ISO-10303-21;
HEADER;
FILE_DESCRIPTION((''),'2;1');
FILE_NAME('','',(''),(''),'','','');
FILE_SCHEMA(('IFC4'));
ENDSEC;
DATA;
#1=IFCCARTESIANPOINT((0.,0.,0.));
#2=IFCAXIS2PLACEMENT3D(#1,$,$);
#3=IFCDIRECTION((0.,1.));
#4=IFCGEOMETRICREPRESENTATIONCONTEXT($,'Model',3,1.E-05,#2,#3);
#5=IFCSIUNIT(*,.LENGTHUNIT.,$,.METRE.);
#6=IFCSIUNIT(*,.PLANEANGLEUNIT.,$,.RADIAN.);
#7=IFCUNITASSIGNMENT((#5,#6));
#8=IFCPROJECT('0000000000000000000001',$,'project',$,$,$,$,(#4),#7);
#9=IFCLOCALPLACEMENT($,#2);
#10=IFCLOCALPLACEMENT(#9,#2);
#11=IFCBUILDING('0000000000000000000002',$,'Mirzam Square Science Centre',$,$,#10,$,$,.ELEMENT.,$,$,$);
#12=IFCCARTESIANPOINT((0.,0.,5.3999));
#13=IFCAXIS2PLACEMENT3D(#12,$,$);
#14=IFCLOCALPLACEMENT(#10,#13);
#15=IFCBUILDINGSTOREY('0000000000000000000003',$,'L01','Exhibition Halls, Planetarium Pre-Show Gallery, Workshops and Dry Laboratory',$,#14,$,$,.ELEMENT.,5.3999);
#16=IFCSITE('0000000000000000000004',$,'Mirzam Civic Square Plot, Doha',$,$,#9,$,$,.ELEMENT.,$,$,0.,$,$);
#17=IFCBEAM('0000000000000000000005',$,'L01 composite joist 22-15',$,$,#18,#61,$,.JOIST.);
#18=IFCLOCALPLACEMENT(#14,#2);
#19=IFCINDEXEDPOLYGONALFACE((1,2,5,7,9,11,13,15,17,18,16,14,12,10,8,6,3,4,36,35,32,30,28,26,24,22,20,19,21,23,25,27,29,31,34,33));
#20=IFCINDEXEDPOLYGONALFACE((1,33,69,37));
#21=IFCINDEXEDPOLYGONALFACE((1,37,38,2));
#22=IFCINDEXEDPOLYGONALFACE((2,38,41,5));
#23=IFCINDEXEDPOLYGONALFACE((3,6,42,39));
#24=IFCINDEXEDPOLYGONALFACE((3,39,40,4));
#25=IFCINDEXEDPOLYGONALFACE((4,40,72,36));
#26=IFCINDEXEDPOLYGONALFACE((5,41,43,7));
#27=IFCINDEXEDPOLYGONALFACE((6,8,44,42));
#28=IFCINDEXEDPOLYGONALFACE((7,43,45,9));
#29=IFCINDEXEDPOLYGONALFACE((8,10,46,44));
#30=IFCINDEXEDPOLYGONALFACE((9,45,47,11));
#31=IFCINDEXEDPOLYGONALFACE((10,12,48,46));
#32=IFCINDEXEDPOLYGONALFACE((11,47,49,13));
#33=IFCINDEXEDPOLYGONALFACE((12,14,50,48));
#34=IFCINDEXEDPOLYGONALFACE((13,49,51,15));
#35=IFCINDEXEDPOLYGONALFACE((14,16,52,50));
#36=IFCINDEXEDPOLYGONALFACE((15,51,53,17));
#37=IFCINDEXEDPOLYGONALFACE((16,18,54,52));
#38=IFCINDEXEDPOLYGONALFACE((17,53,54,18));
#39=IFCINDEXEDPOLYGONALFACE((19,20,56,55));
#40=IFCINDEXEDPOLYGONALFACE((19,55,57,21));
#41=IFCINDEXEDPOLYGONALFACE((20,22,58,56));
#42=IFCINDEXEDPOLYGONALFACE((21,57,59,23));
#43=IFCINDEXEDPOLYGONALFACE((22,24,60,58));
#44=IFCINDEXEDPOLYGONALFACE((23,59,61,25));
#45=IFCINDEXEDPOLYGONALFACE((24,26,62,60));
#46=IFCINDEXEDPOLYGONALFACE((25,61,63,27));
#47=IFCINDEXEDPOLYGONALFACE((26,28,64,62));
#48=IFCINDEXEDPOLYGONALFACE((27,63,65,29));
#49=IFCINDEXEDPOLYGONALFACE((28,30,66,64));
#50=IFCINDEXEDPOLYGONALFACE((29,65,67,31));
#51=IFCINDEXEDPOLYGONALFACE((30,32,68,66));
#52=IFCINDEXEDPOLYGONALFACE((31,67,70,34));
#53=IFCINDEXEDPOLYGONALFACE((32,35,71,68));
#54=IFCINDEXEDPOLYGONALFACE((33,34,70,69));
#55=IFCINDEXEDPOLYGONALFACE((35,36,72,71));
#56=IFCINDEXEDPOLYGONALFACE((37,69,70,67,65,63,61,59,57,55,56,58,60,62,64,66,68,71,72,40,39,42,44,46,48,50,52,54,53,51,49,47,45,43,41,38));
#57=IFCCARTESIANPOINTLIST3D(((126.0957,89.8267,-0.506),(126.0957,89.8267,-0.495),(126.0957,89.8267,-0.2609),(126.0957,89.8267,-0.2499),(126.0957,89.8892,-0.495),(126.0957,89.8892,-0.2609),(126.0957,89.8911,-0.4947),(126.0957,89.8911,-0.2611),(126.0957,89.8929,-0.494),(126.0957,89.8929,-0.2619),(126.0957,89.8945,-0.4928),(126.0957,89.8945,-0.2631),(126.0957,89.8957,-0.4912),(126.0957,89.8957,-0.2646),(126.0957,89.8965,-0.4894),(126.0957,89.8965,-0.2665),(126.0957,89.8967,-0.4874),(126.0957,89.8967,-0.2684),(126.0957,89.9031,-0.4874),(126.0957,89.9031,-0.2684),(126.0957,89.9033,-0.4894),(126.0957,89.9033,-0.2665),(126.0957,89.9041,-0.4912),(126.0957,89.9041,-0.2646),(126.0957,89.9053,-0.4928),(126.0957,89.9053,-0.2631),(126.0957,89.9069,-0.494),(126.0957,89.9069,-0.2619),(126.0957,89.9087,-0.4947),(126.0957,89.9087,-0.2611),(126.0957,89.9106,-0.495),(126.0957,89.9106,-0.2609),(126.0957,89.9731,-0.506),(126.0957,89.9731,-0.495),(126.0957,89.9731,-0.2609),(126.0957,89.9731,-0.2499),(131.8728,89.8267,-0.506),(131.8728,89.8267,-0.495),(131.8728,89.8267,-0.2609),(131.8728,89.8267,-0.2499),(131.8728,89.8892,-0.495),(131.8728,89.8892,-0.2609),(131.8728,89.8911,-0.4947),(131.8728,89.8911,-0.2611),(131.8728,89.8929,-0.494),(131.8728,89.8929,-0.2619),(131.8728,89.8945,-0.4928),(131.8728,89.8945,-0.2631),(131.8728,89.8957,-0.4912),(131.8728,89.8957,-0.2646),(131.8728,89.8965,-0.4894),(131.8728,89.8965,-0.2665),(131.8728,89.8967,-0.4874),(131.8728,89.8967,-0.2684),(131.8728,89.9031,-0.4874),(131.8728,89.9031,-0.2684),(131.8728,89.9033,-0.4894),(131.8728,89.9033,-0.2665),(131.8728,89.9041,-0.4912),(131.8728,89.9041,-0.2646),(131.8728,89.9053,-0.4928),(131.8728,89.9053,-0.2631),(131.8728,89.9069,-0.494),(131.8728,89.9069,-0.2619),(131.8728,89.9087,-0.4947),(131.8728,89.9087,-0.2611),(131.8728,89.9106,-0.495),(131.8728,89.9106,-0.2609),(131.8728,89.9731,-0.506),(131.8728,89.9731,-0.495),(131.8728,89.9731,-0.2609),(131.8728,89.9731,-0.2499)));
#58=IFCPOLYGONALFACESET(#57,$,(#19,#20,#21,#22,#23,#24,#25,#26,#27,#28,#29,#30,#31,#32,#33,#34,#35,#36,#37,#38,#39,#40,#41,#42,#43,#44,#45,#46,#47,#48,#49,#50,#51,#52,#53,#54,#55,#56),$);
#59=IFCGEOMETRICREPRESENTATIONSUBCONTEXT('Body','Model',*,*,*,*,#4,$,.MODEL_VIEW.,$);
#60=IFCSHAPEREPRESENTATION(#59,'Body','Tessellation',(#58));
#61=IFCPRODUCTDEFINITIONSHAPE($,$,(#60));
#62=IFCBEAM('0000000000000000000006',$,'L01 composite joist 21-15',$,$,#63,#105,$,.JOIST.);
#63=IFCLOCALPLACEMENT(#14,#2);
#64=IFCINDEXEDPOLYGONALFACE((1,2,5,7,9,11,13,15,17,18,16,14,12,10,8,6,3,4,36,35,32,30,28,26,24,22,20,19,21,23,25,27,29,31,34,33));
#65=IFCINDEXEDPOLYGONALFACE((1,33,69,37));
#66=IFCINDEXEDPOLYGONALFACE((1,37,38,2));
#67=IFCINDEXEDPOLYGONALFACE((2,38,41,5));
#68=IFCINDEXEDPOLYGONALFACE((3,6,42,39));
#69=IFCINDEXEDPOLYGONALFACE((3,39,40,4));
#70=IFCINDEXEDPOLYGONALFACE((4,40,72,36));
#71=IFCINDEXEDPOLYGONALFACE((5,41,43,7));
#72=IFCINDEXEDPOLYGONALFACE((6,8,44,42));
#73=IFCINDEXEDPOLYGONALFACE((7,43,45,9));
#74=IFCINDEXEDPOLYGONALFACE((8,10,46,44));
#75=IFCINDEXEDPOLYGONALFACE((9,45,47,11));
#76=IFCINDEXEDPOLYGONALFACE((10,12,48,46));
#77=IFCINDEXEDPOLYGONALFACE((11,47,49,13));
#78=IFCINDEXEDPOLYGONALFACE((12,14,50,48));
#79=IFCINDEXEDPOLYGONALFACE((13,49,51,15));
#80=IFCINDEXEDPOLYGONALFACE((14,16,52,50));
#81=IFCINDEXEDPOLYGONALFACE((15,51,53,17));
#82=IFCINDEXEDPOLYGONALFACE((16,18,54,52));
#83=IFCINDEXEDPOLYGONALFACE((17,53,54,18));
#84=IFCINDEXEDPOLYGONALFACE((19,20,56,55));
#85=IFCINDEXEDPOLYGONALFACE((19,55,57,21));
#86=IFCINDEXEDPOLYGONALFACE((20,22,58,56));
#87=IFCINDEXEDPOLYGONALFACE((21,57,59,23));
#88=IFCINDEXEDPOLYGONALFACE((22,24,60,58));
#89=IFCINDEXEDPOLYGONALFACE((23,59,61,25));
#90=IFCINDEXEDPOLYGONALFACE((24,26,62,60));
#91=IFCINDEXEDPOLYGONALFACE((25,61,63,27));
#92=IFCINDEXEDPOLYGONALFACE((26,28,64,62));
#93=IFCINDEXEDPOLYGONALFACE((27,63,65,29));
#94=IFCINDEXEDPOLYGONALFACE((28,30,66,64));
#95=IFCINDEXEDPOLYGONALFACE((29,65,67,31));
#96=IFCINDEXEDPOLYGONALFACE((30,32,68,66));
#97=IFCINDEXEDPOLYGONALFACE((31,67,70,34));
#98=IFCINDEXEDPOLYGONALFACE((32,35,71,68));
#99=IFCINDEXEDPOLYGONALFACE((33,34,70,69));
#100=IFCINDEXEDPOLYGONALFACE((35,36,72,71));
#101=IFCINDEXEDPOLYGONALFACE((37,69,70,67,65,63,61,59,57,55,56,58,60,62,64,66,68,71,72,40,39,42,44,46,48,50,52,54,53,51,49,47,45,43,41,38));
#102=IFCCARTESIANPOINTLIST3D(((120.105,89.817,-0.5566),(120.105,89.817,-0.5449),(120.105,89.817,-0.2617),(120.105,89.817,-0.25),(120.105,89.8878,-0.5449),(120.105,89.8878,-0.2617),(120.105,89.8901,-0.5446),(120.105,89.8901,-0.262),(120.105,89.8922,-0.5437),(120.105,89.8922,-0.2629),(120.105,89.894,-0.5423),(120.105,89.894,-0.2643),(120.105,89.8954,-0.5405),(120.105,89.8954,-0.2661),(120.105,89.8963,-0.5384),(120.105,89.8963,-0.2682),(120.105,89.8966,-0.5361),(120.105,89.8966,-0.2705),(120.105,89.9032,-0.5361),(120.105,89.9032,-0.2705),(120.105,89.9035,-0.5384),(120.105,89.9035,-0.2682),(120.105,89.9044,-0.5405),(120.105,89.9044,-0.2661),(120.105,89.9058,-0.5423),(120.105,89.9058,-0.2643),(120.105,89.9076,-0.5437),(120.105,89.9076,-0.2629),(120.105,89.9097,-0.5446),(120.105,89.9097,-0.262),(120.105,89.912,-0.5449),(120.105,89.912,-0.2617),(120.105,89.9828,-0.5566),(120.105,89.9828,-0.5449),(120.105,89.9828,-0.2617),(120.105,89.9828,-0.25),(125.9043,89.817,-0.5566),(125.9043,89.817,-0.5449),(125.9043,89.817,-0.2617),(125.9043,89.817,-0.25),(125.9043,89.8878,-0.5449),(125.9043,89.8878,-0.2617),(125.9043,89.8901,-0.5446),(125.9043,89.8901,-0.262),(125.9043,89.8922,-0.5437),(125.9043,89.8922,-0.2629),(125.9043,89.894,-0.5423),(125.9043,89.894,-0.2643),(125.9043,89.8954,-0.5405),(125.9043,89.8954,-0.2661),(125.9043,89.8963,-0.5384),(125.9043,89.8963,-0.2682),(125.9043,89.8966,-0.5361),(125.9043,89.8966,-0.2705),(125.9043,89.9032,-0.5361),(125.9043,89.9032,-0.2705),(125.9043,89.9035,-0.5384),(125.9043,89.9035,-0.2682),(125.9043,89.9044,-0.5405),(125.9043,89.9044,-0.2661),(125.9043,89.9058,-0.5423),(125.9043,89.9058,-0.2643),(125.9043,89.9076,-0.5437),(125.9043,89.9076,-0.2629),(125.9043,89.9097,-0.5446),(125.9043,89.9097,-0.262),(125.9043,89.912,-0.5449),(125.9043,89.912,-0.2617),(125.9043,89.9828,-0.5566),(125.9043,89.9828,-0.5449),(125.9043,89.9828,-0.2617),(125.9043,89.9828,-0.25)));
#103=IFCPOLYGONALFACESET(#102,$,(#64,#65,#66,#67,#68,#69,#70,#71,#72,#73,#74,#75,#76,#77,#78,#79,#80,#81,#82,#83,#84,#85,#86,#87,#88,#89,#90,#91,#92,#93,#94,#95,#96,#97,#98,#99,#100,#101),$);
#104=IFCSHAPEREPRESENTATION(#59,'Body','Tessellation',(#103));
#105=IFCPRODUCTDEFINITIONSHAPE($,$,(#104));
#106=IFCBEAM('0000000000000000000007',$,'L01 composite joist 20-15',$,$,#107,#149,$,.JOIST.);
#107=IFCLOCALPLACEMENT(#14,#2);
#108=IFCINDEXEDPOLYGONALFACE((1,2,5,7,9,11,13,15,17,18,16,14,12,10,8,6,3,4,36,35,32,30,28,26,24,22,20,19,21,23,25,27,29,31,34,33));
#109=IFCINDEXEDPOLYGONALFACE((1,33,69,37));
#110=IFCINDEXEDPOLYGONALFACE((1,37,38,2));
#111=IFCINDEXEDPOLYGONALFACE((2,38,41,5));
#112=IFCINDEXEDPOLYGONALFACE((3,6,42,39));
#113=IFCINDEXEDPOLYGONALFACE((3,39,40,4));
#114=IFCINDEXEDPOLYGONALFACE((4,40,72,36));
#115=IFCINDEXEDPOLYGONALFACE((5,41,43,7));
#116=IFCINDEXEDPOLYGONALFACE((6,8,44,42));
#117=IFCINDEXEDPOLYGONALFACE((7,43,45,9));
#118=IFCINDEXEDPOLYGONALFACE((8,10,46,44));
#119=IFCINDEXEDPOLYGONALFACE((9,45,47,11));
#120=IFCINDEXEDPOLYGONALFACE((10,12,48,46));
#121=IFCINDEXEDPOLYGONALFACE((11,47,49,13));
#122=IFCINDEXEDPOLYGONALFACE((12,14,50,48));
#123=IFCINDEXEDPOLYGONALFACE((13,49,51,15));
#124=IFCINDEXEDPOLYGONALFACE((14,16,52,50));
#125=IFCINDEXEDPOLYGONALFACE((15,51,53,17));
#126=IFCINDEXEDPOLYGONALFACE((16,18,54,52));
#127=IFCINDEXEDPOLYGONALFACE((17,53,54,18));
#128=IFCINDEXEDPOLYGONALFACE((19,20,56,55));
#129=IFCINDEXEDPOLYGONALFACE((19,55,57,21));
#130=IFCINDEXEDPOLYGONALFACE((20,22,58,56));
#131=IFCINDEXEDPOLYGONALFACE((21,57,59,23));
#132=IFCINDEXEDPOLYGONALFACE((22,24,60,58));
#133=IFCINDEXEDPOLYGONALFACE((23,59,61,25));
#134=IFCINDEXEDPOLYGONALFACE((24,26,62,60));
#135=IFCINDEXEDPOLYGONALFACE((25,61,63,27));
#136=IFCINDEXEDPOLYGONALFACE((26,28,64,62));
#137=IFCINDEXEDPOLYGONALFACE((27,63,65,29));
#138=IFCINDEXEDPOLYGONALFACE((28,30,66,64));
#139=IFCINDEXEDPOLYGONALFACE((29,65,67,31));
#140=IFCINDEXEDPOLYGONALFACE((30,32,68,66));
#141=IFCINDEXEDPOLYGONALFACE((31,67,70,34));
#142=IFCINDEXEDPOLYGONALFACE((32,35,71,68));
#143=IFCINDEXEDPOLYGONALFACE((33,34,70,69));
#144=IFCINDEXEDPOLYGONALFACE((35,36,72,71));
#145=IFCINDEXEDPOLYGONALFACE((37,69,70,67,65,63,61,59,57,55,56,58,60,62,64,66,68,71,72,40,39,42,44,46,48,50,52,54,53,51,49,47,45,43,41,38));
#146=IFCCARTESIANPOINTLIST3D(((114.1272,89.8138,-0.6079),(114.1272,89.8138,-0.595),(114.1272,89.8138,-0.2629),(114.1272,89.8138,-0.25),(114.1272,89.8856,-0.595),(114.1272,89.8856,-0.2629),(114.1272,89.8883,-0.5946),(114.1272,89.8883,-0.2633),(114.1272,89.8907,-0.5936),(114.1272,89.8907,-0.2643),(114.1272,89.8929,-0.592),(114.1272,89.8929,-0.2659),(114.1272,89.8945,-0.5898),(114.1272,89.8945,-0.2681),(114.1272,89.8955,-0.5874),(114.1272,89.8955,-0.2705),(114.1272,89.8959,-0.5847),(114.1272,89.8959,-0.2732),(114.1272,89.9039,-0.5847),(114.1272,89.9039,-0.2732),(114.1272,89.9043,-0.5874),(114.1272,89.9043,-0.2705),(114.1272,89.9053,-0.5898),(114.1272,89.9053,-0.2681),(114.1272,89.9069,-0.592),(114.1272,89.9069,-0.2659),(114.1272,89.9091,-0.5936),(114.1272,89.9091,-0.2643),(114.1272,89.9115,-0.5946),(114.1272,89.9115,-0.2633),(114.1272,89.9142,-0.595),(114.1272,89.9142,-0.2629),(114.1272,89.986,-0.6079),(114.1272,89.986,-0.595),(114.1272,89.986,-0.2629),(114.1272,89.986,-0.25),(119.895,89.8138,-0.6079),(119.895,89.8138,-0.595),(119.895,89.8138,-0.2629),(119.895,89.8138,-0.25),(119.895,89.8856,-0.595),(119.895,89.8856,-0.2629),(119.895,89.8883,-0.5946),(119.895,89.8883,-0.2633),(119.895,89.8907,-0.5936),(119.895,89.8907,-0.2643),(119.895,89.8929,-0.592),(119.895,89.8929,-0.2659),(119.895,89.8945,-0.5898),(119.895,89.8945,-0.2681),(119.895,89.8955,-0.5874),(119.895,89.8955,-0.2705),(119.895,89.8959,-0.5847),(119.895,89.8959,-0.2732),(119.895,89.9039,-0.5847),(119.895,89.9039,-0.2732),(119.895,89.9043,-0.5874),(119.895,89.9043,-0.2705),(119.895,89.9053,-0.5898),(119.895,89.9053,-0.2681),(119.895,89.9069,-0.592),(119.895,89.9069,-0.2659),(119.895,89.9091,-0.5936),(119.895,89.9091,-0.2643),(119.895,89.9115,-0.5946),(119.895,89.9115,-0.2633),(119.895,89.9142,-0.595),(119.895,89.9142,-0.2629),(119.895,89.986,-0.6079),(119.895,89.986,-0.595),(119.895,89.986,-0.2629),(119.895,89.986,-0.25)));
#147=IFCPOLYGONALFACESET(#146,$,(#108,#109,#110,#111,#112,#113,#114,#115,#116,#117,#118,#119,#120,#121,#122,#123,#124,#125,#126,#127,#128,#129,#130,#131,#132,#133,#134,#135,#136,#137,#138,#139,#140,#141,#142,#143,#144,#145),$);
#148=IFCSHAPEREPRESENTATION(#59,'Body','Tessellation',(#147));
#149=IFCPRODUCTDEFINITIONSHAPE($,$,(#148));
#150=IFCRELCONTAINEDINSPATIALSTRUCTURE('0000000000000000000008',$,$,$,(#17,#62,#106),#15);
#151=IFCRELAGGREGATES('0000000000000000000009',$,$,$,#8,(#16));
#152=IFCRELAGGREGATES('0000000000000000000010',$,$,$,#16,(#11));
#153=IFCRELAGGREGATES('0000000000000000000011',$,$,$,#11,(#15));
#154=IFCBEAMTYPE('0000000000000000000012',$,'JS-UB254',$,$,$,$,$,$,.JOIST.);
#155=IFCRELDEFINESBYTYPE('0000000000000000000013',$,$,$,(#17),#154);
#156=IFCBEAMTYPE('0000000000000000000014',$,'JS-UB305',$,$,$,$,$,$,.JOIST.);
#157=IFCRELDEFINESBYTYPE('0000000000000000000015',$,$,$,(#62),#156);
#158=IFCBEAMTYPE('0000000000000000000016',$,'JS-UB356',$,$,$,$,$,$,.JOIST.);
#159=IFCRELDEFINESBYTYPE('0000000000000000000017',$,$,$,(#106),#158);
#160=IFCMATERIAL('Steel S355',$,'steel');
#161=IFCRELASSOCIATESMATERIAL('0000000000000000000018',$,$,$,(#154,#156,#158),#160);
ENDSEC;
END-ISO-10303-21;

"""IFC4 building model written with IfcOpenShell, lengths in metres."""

from ifc_helpers import new_model, si_unit, direction, frame, origin, origin_2d, place, context, subcontext, project, spatial, i_section, extrude, material, material_profile, profile_set, type_object, element, save


model = new_model("IFC4")

# Units and contexts
model_context = context("Model", 3, precision=1e-05, world=origin(), true_north=direction((0.0, 1.0)))
body_context = subcontext(model_context, "Body", "Model", "MODEL_VIEW")
ifc_project = project(units=[si_unit("LENGTHUNIT", "METRE"), si_unit("PLANEANGLEUNIT", "RADIAN")], contexts=[model_context])

# Site, building, storey
site_placement = place(None, origin())
site = spatial("IfcSite", under=ifc_project, at=site_placement, Name="Mirzam Civic Square Plot, Doha", CompositionType="ELEMENT", RefElevation=0.0)
building_placement = place(site_placement, origin())
building = spatial("IfcBuilding", under=site, at=building_placement, Name="Mirzam Square Science Centre", CompositionType="ELEMENT")
storey_placement = place(building_placement, frame((0.0, 0.0, 5.3999)))
storey = spatial("IfcBuildingStorey", under=building, at=storey_placement, Name="L01", Description="Exhibition Halls, Planetarium Pre-Show Gallery, Workshops and Dry Laboratory", CompositionType="ELEMENT", Elevation=5.3999)

# Shared definitions
ifc_material_1 = material(Name="Steel S355", Category="steel")

# Beams
ifc_material_profile_1 = material_profile(ifc_material_1, i_section(OverallWidth=0.1465, OverallDepth=0.2561, WebThickness=0.0063, FlangeThickness=0.011, FilletRadius=0.0076, at=origin_2d()), Name="254x146x37UB")
ifc_profile_set_1 = profile_set([ifc_material_profile_1], Name="Steel S355")
beam_type_1 = type_object("IfcBeamType", Name="JS-UB254", PredefinedType="JOIST", material=ifc_profile_set_1)
beam_1_placement = place(storey_placement, frame((126.0957, 89.8999, -0.3779), z_axis=(1.0, 0.0, 0.0), x_axis=(0.0, 1.0, 0.0)))
element("IfcBeam", 1, at=beam_1_placement, inside=storey, type_object=beam_type_1, Name="L01 composite joist 22-15", PredefinedType="JOIST", context=body_context, shape_type="SweptSolid", body=[
    extrude(i_section(OverallWidth=0.1465, OverallDepth=0.2561, WebThickness=0.0063, FlangeThickness=0.011, FilletRadius=0.0076, at=origin_2d()), origin(), (0.0, 0.0, 1.0), 5.7771),
])
ifc_material_profile_2 = material_profile(ifc_material_1, i_section(OverallWidth=0.1658, OverallDepth=0.3066, WebThickness=0.0066, FlangeThickness=0.0117, FilletRadius=0.0088, at=origin_2d()), Name="305x165x46UB")
ifc_profile_set_2 = profile_set([ifc_material_profile_2], Name="Steel S355")
beam_type_2 = type_object("IfcBeamType", Name="JS-UB305", PredefinedType="JOIST", material=ifc_profile_set_2)
beam_2_placement = place(storey_placement, frame((120.105, 89.8999, -0.4033), z_axis=(1.0, 0.0, 0.0), x_axis=(0.0, 1.0, 0.0)))
element("IfcBeam", 2, at=beam_2_placement, inside=storey, type_object=beam_type_2, Name="L01 composite joist 21-15", PredefinedType="JOIST", context=body_context, shape_type="SweptSolid", body=[
    extrude(i_section(OverallWidth=0.1658, OverallDepth=0.3066, WebThickness=0.0066, FlangeThickness=0.0117, FilletRadius=0.0088, at=origin_2d()), origin(), (0.0, 0.0, 1.0), 5.7993),
])
ifc_material_profile_3 = material_profile(ifc_material_1, i_section(OverallWidth=0.1721, OverallDepth=0.3579, WebThickness=0.0081, FlangeThickness=0.0129, FilletRadius=0.0103, at=origin_2d()), Name="356x171x57UB")
ifc_profile_set_3 = profile_set([ifc_material_profile_3], Name="Steel S355")
beam_type_3 = type_object("IfcBeamType", Name="JS-UB356", PredefinedType="JOIST", material=ifc_profile_set_3)
beam_3_placement = place(storey_placement, frame((114.1272, 89.8999, -0.429), z_axis=(1.0, 0.0, 0.0), x_axis=(0.0, 1.0, 0.0)))
element("IfcBeam", 3, at=beam_3_placement, inside=storey, type_object=beam_type_3, Name="L01 composite joist 20-15", PredefinedType="JOIST", context=body_context, shape_type="SweptSolid", body=[
    extrude(i_section(OverallWidth=0.1721, OverallDepth=0.3579, WebThickness=0.0081, FlangeThickness=0.0129, FilletRadius=0.0103, at=origin_2d()), origin(), (0.0, 0.0, 1.0), 5.7678),
])

save(model, "model.ifc")
